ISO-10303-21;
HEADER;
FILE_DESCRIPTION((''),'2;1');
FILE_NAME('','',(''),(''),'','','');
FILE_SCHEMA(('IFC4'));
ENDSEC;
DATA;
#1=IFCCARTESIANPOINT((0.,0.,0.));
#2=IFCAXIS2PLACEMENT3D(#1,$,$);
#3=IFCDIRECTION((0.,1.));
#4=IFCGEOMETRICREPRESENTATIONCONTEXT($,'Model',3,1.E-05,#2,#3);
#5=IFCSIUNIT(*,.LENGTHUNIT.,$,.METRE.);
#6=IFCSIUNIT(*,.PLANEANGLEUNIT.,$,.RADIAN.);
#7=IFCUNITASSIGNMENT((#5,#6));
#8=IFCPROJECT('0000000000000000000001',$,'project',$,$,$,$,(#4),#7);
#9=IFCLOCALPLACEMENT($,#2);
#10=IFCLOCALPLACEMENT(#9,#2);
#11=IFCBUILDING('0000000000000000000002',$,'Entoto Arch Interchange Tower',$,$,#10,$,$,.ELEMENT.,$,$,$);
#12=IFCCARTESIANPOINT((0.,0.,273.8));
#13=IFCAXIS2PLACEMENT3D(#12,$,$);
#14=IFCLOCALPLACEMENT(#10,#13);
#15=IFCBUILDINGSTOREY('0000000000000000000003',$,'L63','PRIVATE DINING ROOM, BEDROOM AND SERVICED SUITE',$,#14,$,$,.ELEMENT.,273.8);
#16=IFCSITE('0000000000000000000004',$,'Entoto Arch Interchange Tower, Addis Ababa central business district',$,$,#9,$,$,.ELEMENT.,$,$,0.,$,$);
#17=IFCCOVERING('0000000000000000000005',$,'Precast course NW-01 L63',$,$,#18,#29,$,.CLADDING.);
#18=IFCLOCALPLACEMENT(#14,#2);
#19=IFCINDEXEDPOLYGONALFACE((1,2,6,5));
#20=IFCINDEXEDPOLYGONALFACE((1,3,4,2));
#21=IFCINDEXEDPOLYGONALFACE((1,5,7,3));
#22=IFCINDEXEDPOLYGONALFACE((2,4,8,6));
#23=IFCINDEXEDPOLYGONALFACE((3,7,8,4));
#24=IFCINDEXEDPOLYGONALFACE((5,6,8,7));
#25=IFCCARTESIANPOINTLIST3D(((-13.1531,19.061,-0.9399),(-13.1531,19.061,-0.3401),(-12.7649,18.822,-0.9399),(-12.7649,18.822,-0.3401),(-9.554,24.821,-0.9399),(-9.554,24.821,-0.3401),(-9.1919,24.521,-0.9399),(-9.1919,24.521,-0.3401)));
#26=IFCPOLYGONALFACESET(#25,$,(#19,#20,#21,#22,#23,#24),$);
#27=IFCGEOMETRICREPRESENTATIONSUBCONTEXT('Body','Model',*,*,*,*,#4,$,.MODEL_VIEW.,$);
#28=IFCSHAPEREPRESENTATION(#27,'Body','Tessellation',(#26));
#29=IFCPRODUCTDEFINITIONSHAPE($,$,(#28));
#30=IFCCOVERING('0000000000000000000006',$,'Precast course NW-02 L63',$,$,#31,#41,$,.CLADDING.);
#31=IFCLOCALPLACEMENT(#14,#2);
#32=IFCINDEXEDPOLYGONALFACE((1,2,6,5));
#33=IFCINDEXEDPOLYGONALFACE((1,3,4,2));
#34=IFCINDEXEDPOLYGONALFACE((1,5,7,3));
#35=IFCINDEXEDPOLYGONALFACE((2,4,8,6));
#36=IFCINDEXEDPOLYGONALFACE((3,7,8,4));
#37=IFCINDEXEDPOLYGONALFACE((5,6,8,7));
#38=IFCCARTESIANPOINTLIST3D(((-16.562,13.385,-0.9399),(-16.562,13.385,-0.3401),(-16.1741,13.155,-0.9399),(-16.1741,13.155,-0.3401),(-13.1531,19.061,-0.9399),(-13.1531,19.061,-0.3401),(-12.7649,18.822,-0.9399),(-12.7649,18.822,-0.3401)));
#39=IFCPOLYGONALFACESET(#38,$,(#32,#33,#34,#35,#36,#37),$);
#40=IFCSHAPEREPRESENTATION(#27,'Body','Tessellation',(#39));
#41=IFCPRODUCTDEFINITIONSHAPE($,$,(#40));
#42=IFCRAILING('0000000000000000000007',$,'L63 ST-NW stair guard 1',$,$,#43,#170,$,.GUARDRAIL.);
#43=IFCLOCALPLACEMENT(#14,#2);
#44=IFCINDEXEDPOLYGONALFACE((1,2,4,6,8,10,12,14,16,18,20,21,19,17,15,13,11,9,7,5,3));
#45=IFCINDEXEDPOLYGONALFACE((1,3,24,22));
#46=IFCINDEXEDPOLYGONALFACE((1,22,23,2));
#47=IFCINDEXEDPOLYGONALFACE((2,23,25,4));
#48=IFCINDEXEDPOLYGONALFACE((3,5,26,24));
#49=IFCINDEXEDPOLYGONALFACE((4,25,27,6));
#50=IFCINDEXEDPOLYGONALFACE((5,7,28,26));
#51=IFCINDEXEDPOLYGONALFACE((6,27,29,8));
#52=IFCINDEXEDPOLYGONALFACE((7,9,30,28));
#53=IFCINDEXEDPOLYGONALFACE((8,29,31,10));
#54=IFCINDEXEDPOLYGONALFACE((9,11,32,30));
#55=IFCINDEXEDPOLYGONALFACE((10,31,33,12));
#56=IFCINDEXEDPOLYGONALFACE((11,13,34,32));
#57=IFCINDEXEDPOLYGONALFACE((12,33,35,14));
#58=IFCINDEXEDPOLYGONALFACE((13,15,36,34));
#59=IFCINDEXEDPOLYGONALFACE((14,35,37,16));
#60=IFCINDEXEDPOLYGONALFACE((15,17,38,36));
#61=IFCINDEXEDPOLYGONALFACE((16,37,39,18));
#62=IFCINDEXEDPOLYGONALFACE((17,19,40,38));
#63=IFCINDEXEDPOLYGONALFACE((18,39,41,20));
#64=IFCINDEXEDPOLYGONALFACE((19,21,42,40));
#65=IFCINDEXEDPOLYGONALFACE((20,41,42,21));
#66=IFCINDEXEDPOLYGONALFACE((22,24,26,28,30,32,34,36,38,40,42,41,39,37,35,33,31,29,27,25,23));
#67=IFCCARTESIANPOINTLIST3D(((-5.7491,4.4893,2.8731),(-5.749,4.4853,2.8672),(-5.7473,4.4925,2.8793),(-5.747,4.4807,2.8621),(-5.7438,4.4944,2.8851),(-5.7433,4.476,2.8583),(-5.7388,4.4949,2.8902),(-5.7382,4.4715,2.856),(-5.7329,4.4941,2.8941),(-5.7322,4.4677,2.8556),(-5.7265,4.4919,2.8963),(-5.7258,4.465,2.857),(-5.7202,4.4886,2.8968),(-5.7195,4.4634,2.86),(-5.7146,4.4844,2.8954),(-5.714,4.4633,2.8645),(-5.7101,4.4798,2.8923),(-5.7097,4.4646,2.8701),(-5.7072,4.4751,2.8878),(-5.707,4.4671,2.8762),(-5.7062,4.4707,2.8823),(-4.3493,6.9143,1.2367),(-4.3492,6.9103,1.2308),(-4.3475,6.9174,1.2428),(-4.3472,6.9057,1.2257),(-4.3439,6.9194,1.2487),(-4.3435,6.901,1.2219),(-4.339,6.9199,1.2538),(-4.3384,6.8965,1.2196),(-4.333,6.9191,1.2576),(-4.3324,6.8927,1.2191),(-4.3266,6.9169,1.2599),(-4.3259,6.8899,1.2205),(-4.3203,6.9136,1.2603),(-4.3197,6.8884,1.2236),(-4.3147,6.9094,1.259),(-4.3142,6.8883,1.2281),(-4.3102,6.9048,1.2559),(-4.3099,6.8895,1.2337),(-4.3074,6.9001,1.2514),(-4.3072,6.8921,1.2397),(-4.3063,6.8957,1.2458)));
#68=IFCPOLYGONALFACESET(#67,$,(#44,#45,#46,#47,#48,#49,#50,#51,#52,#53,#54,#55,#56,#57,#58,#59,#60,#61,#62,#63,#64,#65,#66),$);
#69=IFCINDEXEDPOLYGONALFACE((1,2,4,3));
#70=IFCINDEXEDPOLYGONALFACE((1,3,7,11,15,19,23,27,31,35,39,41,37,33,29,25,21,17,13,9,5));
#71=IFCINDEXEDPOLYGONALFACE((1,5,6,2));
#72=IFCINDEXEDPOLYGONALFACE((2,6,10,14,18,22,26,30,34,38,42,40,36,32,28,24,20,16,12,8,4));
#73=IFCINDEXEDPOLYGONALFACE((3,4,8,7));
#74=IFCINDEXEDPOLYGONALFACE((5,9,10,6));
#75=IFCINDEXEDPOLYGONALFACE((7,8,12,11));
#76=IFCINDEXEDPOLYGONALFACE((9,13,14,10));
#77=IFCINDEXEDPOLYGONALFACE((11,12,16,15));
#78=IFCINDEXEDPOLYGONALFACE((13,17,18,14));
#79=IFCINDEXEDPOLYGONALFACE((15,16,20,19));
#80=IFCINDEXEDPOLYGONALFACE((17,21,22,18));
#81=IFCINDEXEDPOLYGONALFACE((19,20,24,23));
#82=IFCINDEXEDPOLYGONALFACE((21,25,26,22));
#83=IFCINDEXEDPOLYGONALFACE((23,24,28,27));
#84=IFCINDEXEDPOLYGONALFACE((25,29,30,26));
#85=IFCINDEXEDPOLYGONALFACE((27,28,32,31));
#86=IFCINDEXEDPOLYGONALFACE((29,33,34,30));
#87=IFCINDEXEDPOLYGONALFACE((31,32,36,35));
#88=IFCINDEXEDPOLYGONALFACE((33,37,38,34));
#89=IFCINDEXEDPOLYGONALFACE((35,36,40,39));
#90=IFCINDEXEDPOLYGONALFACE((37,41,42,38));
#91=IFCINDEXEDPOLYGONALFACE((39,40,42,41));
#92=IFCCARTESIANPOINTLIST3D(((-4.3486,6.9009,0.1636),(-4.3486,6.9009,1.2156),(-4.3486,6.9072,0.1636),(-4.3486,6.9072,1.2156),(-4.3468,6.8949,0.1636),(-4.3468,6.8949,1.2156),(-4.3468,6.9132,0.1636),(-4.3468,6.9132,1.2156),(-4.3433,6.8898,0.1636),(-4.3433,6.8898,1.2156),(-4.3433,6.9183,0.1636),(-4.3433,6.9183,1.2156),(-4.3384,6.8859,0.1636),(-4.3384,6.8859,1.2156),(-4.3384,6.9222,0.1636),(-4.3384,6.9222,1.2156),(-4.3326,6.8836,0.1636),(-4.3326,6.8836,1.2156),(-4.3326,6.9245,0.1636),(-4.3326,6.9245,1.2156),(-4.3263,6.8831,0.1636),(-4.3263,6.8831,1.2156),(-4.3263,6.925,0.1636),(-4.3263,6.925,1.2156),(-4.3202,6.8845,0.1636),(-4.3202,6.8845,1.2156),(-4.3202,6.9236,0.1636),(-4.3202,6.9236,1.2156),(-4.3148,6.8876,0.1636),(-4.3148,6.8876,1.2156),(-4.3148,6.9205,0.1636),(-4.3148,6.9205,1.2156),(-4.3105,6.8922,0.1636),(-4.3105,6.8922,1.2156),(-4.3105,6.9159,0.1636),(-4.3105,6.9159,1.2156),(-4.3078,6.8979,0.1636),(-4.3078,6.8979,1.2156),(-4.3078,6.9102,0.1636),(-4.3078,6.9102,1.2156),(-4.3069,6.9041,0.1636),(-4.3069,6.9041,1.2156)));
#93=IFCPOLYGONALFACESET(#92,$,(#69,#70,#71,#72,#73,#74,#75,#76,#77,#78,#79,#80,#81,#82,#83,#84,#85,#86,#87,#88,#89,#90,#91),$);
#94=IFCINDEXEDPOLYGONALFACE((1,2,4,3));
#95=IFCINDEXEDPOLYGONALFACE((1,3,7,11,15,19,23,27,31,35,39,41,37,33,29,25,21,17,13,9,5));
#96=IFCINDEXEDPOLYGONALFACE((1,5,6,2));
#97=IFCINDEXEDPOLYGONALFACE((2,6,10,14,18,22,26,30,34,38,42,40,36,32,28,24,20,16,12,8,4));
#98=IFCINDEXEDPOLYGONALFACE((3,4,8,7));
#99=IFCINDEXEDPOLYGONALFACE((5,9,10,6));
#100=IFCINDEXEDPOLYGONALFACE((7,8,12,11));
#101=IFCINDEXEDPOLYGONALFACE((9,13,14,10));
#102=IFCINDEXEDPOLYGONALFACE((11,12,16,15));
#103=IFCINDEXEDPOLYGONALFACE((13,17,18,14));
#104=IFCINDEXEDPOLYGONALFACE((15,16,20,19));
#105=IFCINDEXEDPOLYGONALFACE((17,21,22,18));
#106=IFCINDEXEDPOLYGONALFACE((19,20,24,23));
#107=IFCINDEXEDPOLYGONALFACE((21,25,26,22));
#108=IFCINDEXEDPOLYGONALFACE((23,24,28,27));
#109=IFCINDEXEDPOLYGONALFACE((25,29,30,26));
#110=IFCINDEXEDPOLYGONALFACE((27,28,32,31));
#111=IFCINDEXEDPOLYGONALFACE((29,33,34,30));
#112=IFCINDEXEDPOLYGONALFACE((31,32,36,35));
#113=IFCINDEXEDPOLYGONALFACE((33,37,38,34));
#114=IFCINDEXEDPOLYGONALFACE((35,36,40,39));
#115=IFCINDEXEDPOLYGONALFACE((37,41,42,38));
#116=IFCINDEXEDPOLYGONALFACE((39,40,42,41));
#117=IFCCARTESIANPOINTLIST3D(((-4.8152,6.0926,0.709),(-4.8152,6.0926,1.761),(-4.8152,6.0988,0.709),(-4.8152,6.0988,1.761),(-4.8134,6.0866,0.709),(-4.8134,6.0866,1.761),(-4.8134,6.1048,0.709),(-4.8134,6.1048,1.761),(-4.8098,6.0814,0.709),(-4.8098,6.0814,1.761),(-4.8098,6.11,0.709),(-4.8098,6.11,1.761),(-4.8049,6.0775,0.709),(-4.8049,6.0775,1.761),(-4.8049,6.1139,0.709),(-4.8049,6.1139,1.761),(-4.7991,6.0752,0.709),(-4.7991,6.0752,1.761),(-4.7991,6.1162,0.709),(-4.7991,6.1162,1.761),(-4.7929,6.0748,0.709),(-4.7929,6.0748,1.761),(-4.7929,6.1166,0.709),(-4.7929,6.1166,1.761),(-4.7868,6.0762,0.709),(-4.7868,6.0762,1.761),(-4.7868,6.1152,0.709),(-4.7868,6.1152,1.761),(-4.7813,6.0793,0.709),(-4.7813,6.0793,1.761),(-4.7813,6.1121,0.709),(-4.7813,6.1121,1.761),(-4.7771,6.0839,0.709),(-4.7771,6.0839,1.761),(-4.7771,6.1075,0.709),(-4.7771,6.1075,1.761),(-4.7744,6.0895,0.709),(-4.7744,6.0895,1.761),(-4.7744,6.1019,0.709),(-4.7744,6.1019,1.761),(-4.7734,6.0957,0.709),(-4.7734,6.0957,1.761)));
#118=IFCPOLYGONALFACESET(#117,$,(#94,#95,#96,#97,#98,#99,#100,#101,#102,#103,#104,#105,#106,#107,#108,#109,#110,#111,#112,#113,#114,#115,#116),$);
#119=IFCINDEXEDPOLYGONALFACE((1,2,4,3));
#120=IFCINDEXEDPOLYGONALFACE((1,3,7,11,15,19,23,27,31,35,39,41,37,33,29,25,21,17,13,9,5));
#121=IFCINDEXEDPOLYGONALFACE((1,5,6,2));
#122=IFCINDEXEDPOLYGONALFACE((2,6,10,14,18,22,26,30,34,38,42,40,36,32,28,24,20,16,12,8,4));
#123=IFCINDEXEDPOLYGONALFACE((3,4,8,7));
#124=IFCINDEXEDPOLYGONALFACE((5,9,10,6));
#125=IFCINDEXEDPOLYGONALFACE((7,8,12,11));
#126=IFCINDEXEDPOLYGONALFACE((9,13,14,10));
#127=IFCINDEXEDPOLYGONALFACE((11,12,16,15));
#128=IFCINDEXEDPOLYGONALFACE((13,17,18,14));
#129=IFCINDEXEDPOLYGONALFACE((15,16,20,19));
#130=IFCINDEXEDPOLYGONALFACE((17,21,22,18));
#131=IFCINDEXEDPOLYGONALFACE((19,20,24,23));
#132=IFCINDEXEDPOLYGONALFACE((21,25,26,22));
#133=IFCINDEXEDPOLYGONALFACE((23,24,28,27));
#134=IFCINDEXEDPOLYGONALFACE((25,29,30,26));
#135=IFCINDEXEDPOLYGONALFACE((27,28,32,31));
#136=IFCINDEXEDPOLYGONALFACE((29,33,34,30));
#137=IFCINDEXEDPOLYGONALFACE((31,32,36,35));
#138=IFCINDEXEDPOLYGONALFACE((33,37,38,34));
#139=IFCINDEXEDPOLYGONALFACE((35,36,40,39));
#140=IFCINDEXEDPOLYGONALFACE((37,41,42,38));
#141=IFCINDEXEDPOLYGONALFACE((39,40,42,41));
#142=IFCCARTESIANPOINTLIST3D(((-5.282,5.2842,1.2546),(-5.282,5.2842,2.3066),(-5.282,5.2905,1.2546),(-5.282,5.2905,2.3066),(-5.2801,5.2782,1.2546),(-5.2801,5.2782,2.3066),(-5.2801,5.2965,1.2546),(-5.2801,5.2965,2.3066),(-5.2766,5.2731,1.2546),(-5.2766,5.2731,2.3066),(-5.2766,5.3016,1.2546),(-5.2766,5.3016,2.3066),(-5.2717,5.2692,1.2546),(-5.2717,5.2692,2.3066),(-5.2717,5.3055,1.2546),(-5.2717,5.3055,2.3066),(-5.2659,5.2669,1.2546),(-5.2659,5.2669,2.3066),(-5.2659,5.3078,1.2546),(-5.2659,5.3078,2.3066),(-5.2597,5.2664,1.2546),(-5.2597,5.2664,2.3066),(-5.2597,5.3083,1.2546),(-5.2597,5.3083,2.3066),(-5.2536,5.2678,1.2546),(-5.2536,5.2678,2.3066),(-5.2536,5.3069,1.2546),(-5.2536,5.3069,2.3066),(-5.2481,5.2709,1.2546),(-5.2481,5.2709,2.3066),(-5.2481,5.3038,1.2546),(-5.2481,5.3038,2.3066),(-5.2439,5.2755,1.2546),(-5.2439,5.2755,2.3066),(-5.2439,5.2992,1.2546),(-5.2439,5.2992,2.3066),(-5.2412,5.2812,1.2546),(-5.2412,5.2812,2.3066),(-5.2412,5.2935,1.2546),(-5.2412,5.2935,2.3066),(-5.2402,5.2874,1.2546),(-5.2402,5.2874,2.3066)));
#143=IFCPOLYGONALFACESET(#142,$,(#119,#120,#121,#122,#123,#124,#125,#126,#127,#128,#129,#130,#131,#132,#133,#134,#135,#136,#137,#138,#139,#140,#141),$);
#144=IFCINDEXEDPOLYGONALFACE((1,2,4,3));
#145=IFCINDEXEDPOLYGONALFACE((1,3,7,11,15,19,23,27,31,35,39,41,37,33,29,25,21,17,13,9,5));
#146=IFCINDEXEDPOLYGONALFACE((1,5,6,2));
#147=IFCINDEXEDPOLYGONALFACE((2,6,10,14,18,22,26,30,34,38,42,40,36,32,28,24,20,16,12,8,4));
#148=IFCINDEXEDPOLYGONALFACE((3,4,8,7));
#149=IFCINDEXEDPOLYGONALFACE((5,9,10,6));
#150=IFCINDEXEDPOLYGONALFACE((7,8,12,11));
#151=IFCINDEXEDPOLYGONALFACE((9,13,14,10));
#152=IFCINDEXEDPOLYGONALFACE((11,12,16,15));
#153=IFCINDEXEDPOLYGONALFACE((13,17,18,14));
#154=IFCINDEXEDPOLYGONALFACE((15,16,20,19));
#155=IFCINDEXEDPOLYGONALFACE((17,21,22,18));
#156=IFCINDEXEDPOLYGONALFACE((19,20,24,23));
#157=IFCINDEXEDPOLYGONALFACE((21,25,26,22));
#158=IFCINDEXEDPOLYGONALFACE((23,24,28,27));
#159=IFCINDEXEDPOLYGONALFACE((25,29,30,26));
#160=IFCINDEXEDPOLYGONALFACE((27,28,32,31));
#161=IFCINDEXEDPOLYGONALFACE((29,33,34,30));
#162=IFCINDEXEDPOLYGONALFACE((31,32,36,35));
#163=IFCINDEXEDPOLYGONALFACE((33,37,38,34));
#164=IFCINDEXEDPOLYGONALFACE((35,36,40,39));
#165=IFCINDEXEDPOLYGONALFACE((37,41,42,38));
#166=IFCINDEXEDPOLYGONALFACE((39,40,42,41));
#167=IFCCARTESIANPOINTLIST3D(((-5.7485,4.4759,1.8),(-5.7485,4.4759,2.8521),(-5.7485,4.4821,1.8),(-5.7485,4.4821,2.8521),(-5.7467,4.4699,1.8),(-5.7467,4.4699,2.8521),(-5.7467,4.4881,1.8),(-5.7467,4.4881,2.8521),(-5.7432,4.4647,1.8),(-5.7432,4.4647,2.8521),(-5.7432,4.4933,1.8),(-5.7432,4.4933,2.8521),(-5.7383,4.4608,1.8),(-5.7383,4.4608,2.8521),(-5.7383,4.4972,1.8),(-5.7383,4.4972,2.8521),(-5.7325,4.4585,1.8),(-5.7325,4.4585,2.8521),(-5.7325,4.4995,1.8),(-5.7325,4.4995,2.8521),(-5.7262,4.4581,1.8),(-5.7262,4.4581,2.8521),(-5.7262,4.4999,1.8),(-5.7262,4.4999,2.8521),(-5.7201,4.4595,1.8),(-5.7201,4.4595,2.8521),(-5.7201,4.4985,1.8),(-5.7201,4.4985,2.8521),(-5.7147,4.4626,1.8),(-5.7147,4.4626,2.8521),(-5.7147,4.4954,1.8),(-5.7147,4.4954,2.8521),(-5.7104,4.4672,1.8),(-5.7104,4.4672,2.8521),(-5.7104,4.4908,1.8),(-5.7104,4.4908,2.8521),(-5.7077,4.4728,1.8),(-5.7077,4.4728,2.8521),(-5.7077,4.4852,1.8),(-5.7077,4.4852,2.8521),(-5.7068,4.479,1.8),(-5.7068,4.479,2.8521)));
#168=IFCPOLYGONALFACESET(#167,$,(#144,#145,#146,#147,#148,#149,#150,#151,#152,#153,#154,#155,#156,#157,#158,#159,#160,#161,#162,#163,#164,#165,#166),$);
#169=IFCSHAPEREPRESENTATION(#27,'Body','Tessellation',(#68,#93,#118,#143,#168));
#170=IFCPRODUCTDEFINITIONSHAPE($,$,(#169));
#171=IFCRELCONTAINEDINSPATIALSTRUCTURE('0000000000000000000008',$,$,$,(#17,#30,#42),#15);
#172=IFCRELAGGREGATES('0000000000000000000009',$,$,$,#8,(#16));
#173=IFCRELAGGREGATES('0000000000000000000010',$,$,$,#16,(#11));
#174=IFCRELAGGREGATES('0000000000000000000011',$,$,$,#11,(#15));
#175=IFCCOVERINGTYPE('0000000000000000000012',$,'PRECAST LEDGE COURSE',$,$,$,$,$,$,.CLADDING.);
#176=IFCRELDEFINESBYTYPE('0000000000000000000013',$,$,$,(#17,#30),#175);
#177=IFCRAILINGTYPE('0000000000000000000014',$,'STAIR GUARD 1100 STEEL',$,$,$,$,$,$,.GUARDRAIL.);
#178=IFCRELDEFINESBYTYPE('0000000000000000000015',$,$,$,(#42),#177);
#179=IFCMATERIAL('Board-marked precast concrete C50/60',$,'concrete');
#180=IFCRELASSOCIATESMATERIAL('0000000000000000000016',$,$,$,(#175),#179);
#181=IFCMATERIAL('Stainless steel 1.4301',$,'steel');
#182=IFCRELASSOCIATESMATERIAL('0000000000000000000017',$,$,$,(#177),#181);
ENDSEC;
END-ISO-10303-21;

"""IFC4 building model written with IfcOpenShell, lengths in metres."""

from ifc_helpers import new_model, si_unit, direction, frame, origin, origin_2d, place, context, subcontext, project, spatial, polyline, circle, outline, extrude, material, type_object, element, save


model = new_model("IFC4")

# Units and contexts
model_context = context("Model", 3, precision=1e-05, world=origin(), true_north=direction((0.0, 1.0)))
body_context = subcontext(model_context, "Body", "Model", "MODEL_VIEW")
ifc_project = project(units=[si_unit("LENGTHUNIT", "METRE"), si_unit("PLANEANGLEUNIT", "RADIAN")], contexts=[model_context])

# Site, building, storey
site_placement = place(None, origin())
site = spatial("IfcSite", under=ifc_project, at=site_placement, Name="Entoto Arch Interchange Tower, Addis Ababa central business district", CompositionType="ELEMENT", RefElevation=0.0)
building_placement = place(site_placement, origin())
building = spatial("IfcBuilding", under=site, at=building_placement, Name="Entoto Arch Interchange Tower", CompositionType="ELEMENT")
storey_placement = place(building_placement, frame((0.0, 0.0, 273.8)))
storey = spatial("IfcBuildingStorey", under=building, at=storey_placement, Name="L63", Description="PRIVATE DINING ROOM, BEDROOM AND SERVICED SUITE", CompositionType="ELEMENT", Elevation=273.8)

# Coverings
ifc_material_1 = material(Name="Board-marked precast concrete C50/60", Category="concrete")
covering_type = type_object("IfcCoveringType", Name="PRECAST LEDGE COURSE", PredefinedType="CLADDING", material=ifc_material_1)
covering_1_placement = place(storey_placement, frame((0.0, 0.0, -0.9399)))
element("IfcCovering", 1, at=covering_1_placement, inside=storey, type_object=covering_type, Name="Precast course NW-01 L63", PredefinedType="CLADDING", context=body_context, shape_type="SweptSolid", body=[
    extrude(outline(polyline([(-12.7649, 18.822), (-13.1531, 19.061), (-9.554, 24.821), (-9.1919, 24.521), (-12.7649, 18.822)])), origin(), (0.0, 0.0, 1.0), 0.5999),
])
covering_2_placement = place(storey_placement, frame((0.0, 0.0, -0.9399)))
element("IfcCovering", 2, at=covering_2_placement, inside=storey, type_object=covering_type, Name="Precast course NW-02 L63", PredefinedType="CLADDING", context=body_context, shape_type="SweptSolid", body=[
    extrude(outline(polyline([(-16.1741, 13.155), (-16.562, 13.385), (-13.1531, 19.061), (-12.7649, 18.822), (-16.1741, 13.155)])), origin(), (0.0, 0.0, 1.0), 0.5999),
])

# Railing
ifc_material_2 = material(Name="Stainless steel 1.4301", Category="steel")
railing_type_1 = type_object("IfcRailingType", Name="STAIR GUARD 1100 STEEL", PredefinedType="GUARDRAIL", material=ifc_material_2)
railing_1_placement = place(storey_placement, frame((-4.3279, 6.9041, 0.1636)))
element("IfcRailing", 3, at=railing_1_placement, inside=storey, type_object=railing_type_1, Name="L63 ST-NW stair guard 1", PredefinedType="GUARDRAIL", context=body_context, shape_type="SweptSolid", body=[
    extrude(circle(Radius=0.0239, at=origin_2d()), frame((0.0, 0.0, 1.0762), z_axis=(-0.431636, -0.747723, 0.504579), x_axis=(0.866056, -0.499946, 0.0)), (0.0, 0.0, 1.0), 3.2432),
    extrude(circle(Radius=0.021, at=origin_2d()), origin(), (0.0, 0.0, 1.0), 1.052),
    extrude(circle(Radius=0.021, at=origin_2d()), frame((-0.4666, -0.8083, 0.5454)), (0.0, 0.0, 1.0), 1.052),
    extrude(circle(Radius=0.021, at=origin_2d()), frame((-0.9333, -1.6167, 1.0911)), (0.0, 0.0, 1.0), 1.052),
    extrude(circle(Radius=0.021, at=origin_2d()), frame((-1.3999, -2.425, 1.6365)), (0.0, 0.0, 1.0), 1.052),
])

save(model, "model.ifc")
